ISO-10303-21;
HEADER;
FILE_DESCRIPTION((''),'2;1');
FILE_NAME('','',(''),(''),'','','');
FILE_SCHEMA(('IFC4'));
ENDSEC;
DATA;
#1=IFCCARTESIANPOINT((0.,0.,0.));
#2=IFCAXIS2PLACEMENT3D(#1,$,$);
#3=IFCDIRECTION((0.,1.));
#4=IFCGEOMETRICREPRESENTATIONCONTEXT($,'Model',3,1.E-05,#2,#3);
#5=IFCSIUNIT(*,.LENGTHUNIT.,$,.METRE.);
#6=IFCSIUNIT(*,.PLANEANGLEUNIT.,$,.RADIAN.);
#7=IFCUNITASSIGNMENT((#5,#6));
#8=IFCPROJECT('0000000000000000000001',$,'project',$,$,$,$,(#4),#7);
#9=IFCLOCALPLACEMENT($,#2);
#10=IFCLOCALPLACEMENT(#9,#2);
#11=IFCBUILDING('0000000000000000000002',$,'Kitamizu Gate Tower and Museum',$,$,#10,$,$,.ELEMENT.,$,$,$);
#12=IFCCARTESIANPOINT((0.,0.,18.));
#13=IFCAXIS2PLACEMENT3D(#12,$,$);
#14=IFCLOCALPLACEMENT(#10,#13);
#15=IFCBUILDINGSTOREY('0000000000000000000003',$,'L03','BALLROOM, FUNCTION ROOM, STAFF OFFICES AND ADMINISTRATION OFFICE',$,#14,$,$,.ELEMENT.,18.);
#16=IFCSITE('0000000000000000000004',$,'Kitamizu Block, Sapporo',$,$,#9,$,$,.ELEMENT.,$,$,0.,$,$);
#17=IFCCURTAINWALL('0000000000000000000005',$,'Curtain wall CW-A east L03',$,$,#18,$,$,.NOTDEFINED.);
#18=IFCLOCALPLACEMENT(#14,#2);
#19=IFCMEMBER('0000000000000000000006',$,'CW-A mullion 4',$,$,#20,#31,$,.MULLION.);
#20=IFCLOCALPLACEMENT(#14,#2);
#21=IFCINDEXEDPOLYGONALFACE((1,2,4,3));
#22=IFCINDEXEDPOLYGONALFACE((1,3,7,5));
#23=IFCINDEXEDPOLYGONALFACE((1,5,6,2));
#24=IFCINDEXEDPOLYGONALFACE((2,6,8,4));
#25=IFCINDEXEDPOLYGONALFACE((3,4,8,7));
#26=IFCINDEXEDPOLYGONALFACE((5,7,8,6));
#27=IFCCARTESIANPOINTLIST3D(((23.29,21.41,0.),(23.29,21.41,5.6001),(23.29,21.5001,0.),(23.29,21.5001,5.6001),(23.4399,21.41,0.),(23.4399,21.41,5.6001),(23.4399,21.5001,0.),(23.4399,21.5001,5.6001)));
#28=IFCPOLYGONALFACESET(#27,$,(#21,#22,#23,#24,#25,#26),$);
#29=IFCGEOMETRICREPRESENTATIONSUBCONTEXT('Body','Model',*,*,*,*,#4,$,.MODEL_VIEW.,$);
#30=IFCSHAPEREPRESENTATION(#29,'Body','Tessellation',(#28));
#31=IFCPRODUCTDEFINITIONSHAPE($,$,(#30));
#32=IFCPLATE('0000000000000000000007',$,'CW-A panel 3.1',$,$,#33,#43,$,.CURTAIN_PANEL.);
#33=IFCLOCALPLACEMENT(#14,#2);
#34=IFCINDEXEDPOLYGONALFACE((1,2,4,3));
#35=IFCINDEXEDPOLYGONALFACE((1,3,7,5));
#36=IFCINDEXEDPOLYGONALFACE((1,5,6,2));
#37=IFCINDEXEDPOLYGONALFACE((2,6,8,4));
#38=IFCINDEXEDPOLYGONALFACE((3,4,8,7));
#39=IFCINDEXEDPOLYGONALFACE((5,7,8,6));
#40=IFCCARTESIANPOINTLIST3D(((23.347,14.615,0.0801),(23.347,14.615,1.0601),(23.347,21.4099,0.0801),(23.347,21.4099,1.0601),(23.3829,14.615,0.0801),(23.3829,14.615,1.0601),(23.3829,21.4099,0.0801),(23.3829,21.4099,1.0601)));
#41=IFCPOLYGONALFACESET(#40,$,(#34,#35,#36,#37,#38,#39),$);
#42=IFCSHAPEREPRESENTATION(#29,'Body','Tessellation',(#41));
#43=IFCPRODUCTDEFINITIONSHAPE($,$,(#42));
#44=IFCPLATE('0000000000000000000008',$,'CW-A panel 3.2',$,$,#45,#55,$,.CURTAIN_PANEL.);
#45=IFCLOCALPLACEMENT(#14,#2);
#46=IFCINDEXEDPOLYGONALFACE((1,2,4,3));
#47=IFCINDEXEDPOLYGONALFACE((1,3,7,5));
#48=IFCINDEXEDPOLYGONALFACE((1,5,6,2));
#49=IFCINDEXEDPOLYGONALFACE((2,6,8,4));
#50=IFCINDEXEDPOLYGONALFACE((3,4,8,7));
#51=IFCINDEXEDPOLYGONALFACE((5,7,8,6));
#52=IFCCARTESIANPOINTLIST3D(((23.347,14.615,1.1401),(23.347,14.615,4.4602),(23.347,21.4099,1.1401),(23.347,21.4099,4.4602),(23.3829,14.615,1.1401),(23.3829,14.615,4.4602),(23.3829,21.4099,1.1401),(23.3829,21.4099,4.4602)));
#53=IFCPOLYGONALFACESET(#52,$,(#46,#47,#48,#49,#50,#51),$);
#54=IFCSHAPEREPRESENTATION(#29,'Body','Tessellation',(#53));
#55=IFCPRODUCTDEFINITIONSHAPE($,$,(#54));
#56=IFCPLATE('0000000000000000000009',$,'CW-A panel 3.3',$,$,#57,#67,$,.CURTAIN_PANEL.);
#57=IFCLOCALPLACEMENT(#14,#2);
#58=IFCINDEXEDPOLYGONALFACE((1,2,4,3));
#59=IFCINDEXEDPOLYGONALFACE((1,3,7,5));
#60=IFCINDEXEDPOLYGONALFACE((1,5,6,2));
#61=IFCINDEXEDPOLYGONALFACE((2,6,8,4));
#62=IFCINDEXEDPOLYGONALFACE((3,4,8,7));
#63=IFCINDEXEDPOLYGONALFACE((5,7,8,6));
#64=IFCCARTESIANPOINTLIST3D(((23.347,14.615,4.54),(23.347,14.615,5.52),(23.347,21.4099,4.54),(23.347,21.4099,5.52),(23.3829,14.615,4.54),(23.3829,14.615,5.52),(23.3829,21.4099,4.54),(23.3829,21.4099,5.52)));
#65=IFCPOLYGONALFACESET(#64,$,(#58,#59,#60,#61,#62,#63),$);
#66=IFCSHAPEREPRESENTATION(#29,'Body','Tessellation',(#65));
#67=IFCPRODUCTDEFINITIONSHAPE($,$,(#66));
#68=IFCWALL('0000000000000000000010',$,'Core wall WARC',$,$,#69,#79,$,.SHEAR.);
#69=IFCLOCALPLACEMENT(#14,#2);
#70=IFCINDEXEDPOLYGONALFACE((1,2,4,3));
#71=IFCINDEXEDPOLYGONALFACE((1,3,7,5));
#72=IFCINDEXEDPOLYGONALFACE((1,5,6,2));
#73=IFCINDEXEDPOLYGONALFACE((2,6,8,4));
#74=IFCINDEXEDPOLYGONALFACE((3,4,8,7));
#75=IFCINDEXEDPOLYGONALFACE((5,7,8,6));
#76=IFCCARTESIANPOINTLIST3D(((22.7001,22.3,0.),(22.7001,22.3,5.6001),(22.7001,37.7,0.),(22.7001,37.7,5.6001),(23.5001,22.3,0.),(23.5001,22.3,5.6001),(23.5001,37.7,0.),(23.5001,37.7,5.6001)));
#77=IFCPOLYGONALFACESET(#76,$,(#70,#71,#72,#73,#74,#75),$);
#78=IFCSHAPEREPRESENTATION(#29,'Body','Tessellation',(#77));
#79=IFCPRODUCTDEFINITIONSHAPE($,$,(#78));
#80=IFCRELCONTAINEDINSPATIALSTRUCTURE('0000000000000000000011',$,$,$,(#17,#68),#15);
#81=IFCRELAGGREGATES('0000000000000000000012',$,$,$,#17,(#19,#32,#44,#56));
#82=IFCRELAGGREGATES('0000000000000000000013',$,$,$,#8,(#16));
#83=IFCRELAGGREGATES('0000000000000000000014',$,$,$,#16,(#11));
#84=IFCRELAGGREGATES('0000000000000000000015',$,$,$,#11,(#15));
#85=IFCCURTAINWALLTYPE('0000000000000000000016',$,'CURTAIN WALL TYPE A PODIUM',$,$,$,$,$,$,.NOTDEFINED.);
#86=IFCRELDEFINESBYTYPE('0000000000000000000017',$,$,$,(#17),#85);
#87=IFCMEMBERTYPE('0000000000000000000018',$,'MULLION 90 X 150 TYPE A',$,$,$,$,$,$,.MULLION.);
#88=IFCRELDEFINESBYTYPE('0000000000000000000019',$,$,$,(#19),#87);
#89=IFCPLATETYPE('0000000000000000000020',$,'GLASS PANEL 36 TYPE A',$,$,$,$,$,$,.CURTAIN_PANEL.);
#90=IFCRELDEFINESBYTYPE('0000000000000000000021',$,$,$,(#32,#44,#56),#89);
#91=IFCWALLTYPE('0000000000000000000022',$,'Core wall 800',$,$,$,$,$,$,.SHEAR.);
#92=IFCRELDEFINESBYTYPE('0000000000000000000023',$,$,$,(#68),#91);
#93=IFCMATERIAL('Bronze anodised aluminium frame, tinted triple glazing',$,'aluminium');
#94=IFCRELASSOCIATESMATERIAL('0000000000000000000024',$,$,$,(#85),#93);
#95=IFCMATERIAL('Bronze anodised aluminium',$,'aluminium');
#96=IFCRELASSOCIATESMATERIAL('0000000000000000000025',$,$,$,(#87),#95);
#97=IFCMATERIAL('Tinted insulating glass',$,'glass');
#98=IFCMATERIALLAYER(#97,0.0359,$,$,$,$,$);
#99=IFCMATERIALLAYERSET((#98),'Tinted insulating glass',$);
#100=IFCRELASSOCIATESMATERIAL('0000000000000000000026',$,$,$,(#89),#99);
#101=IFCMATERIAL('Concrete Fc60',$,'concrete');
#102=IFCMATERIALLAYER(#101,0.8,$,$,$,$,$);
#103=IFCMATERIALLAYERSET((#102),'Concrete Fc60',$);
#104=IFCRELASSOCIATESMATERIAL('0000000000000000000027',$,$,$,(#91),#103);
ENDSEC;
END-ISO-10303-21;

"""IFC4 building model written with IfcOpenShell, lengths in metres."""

from ifc_helpers import new_model, si_unit, direction, frame, frame_2d, origin, origin_2d, place, context, subcontext, project, spatial, rectangle, extrude, material, layer, layer_set, material_profile, profile_set, type_object, element, aggregate, save


model = new_model("IFC4")

# Units and contexts
model_context = context("Model", 3, precision=1e-05, world=origin(), true_north=direction((0.0, 1.0)))
body_context = subcontext(model_context, "Body", "Model", "MODEL_VIEW")
ifc_project = project(units=[si_unit("LENGTHUNIT", "METRE"), si_unit("PLANEANGLEUNIT", "RADIAN")], contexts=[model_context])

# Site, building, storey
site_placement = place(None, origin())
site = spatial("IfcSite", under=ifc_project, at=site_placement, Name="Kitamizu Block, Sapporo", CompositionType="ELEMENT", RefElevation=0.0)
building_placement = place(site_placement, origin())
building = spatial("IfcBuilding", under=site, at=building_placement, Name="Kitamizu Gate Tower and Museum", CompositionType="ELEMENT")
storey_placement = place(building_placement, frame((0.0, 0.0, 18.0)))
storey = spatial("IfcBuildingStorey", under=building, at=storey_placement, Name="L03", Description="BALLROOM, FUNCTION ROOM, STAFF OFFICES AND ADMINISTRATION OFFICE", CompositionType="ELEMENT", Elevation=18.0)

# Curtain wall, member, plates
ifc_material_1 = material(Name="Bronze anodised aluminium frame, tinted triple glazing", Category="aluminium")
curtain_wall_type = type_object("IfcCurtainWallType", Name="CURTAIN WALL TYPE A PODIUM", PredefinedType="NOTDEFINED", material=ifc_material_1)
curtain_wall_placement = place(storey_placement, origin())
curtain_wall = element("IfcCurtainWall", 1, at=curtain_wall_placement, inside=storey, type_object=curtain_wall_type, Name="Curtain wall CW-A east L03", PredefinedType="NOTDEFINED")
ifc_material_2 = material(Name="Bronze anodised aluminium", Category="aluminium")
ifc_material_profile = material_profile(ifc_material_2, rectangle(XDim=0.0901, YDim=0.1499, at=origin_2d()), Name="AL 90X150")
ifc_profile_set = profile_set([ifc_material_profile], Name="Bronze anodised aluminium")
member_type = type_object("IfcMemberType", Name="MULLION 90 X 150 TYPE A", PredefinedType="MULLION", material=ifc_profile_set)
member_placement = place(storey_placement, frame((23.365, 21.4551, 0.0), z_axis=(0.0, 0.0, 1.0), x_axis=(0.0, 1.0, 0.0)))
member = element("IfcMember", 2, at=member_placement, type_object=member_type, Name="CW-A mullion 4", PredefinedType="MULLION", context=body_context, shape_type="SweptSolid", body=[
    extrude(rectangle(XDim=0.0901, YDim=0.1499, at=origin_2d()), origin(), (0.0, 0.0, 1.0), 5.6001),
])
ifc_material_3 = material(Name="Tinted insulating glass", Category="glass")
ifc_layer_1 = layer(ifc_material_3, 0.0359)
ifc_layer_set_1 = layer_set([ifc_layer_1], Name="Tinted insulating glass")
plate_type = type_object("IfcPlateType", Name="GLASS PANEL 36 TYPE A", PredefinedType="CURTAIN_PANEL", material=ifc_layer_set_1)
plate_1_placement = place(storey_placement, frame((23.365, 18.0125, 0.0801), z_axis=(0.0, 0.0, 1.0), x_axis=(0.0, 1.0, 0.0)))
plate_1 = element("IfcPlate", 3, at=plate_1_placement, type_object=plate_type, Name="CW-A panel 3.1", PredefinedType="CURTAIN_PANEL", context=body_context, shape_type="SweptSolid", body=[
    extrude(rectangle(XDim=6.7949, YDim=0.0359, at=origin_2d()), origin(), (0.0, 0.0, 1.0), 0.98),
])
plate_2_placement = place(storey_placement, frame((23.365, 18.0125, 1.1401), z_axis=(0.0, 0.0, 1.0), x_axis=(0.0, 1.0, 0.0)))
plate_2 = element("IfcPlate", 4, at=plate_2_placement, type_object=plate_type, Name="CW-A panel 3.2", PredefinedType="CURTAIN_PANEL", context=body_context, shape_type="SweptSolid", body=[
    extrude(rectangle(XDim=6.7949, YDim=0.0359, at=origin_2d()), origin(), (0.0, 0.0, 1.0), 3.3201),
])
plate_3_placement = place(storey_placement, frame((23.365, 18.0125, 4.54), z_axis=(0.0, 0.0, 1.0), x_axis=(0.0, 1.0, 0.0)))
plate_3 = element("IfcPlate", 5, at=plate_3_placement, type_object=plate_type, Name="CW-A panel 3.3", PredefinedType="CURTAIN_PANEL", context=body_context, shape_type="SweptSolid", body=[
    extrude(rectangle(XDim=6.7949, YDim=0.0359, at=origin_2d()), origin(), (0.0, 0.0, 1.0), 0.98),
])
aggregate(curtain_wall, [member, plate_1, plate_2, plate_3])

# Wall
ifc_material_4 = material(Name="Concrete Fc60", Category="concrete")
ifc_layer_2 = layer(ifc_material_4, 0.8)
ifc_layer_set_2 = layer_set([ifc_layer_2], Name="Concrete Fc60")
wall_type_1 = type_object("IfcWallType", Name="Core wall 800", PredefinedType="SHEAR", material=ifc_layer_set_2)
wall_1_placement = place(storey_placement, frame((23.1001, 22.3, 0.0), z_axis=(0.0, 0.0, 1.0), x_axis=(0.0, 1.0, 0.0)))
element("IfcWall", 6, at=wall_1_placement, inside=storey, type_object=wall_type_1, Name="Core wall WARC", PredefinedType="SHEAR", context=body_context, shape_type="SweptSolid", body=[
    extrude(rectangle(XDim=15.3999, YDim=0.8, at=frame_2d((7.7, 0.0))), origin(), (0.0, 0.0, 1.0), 5.6001),
])

save(model, "model.ifc")
